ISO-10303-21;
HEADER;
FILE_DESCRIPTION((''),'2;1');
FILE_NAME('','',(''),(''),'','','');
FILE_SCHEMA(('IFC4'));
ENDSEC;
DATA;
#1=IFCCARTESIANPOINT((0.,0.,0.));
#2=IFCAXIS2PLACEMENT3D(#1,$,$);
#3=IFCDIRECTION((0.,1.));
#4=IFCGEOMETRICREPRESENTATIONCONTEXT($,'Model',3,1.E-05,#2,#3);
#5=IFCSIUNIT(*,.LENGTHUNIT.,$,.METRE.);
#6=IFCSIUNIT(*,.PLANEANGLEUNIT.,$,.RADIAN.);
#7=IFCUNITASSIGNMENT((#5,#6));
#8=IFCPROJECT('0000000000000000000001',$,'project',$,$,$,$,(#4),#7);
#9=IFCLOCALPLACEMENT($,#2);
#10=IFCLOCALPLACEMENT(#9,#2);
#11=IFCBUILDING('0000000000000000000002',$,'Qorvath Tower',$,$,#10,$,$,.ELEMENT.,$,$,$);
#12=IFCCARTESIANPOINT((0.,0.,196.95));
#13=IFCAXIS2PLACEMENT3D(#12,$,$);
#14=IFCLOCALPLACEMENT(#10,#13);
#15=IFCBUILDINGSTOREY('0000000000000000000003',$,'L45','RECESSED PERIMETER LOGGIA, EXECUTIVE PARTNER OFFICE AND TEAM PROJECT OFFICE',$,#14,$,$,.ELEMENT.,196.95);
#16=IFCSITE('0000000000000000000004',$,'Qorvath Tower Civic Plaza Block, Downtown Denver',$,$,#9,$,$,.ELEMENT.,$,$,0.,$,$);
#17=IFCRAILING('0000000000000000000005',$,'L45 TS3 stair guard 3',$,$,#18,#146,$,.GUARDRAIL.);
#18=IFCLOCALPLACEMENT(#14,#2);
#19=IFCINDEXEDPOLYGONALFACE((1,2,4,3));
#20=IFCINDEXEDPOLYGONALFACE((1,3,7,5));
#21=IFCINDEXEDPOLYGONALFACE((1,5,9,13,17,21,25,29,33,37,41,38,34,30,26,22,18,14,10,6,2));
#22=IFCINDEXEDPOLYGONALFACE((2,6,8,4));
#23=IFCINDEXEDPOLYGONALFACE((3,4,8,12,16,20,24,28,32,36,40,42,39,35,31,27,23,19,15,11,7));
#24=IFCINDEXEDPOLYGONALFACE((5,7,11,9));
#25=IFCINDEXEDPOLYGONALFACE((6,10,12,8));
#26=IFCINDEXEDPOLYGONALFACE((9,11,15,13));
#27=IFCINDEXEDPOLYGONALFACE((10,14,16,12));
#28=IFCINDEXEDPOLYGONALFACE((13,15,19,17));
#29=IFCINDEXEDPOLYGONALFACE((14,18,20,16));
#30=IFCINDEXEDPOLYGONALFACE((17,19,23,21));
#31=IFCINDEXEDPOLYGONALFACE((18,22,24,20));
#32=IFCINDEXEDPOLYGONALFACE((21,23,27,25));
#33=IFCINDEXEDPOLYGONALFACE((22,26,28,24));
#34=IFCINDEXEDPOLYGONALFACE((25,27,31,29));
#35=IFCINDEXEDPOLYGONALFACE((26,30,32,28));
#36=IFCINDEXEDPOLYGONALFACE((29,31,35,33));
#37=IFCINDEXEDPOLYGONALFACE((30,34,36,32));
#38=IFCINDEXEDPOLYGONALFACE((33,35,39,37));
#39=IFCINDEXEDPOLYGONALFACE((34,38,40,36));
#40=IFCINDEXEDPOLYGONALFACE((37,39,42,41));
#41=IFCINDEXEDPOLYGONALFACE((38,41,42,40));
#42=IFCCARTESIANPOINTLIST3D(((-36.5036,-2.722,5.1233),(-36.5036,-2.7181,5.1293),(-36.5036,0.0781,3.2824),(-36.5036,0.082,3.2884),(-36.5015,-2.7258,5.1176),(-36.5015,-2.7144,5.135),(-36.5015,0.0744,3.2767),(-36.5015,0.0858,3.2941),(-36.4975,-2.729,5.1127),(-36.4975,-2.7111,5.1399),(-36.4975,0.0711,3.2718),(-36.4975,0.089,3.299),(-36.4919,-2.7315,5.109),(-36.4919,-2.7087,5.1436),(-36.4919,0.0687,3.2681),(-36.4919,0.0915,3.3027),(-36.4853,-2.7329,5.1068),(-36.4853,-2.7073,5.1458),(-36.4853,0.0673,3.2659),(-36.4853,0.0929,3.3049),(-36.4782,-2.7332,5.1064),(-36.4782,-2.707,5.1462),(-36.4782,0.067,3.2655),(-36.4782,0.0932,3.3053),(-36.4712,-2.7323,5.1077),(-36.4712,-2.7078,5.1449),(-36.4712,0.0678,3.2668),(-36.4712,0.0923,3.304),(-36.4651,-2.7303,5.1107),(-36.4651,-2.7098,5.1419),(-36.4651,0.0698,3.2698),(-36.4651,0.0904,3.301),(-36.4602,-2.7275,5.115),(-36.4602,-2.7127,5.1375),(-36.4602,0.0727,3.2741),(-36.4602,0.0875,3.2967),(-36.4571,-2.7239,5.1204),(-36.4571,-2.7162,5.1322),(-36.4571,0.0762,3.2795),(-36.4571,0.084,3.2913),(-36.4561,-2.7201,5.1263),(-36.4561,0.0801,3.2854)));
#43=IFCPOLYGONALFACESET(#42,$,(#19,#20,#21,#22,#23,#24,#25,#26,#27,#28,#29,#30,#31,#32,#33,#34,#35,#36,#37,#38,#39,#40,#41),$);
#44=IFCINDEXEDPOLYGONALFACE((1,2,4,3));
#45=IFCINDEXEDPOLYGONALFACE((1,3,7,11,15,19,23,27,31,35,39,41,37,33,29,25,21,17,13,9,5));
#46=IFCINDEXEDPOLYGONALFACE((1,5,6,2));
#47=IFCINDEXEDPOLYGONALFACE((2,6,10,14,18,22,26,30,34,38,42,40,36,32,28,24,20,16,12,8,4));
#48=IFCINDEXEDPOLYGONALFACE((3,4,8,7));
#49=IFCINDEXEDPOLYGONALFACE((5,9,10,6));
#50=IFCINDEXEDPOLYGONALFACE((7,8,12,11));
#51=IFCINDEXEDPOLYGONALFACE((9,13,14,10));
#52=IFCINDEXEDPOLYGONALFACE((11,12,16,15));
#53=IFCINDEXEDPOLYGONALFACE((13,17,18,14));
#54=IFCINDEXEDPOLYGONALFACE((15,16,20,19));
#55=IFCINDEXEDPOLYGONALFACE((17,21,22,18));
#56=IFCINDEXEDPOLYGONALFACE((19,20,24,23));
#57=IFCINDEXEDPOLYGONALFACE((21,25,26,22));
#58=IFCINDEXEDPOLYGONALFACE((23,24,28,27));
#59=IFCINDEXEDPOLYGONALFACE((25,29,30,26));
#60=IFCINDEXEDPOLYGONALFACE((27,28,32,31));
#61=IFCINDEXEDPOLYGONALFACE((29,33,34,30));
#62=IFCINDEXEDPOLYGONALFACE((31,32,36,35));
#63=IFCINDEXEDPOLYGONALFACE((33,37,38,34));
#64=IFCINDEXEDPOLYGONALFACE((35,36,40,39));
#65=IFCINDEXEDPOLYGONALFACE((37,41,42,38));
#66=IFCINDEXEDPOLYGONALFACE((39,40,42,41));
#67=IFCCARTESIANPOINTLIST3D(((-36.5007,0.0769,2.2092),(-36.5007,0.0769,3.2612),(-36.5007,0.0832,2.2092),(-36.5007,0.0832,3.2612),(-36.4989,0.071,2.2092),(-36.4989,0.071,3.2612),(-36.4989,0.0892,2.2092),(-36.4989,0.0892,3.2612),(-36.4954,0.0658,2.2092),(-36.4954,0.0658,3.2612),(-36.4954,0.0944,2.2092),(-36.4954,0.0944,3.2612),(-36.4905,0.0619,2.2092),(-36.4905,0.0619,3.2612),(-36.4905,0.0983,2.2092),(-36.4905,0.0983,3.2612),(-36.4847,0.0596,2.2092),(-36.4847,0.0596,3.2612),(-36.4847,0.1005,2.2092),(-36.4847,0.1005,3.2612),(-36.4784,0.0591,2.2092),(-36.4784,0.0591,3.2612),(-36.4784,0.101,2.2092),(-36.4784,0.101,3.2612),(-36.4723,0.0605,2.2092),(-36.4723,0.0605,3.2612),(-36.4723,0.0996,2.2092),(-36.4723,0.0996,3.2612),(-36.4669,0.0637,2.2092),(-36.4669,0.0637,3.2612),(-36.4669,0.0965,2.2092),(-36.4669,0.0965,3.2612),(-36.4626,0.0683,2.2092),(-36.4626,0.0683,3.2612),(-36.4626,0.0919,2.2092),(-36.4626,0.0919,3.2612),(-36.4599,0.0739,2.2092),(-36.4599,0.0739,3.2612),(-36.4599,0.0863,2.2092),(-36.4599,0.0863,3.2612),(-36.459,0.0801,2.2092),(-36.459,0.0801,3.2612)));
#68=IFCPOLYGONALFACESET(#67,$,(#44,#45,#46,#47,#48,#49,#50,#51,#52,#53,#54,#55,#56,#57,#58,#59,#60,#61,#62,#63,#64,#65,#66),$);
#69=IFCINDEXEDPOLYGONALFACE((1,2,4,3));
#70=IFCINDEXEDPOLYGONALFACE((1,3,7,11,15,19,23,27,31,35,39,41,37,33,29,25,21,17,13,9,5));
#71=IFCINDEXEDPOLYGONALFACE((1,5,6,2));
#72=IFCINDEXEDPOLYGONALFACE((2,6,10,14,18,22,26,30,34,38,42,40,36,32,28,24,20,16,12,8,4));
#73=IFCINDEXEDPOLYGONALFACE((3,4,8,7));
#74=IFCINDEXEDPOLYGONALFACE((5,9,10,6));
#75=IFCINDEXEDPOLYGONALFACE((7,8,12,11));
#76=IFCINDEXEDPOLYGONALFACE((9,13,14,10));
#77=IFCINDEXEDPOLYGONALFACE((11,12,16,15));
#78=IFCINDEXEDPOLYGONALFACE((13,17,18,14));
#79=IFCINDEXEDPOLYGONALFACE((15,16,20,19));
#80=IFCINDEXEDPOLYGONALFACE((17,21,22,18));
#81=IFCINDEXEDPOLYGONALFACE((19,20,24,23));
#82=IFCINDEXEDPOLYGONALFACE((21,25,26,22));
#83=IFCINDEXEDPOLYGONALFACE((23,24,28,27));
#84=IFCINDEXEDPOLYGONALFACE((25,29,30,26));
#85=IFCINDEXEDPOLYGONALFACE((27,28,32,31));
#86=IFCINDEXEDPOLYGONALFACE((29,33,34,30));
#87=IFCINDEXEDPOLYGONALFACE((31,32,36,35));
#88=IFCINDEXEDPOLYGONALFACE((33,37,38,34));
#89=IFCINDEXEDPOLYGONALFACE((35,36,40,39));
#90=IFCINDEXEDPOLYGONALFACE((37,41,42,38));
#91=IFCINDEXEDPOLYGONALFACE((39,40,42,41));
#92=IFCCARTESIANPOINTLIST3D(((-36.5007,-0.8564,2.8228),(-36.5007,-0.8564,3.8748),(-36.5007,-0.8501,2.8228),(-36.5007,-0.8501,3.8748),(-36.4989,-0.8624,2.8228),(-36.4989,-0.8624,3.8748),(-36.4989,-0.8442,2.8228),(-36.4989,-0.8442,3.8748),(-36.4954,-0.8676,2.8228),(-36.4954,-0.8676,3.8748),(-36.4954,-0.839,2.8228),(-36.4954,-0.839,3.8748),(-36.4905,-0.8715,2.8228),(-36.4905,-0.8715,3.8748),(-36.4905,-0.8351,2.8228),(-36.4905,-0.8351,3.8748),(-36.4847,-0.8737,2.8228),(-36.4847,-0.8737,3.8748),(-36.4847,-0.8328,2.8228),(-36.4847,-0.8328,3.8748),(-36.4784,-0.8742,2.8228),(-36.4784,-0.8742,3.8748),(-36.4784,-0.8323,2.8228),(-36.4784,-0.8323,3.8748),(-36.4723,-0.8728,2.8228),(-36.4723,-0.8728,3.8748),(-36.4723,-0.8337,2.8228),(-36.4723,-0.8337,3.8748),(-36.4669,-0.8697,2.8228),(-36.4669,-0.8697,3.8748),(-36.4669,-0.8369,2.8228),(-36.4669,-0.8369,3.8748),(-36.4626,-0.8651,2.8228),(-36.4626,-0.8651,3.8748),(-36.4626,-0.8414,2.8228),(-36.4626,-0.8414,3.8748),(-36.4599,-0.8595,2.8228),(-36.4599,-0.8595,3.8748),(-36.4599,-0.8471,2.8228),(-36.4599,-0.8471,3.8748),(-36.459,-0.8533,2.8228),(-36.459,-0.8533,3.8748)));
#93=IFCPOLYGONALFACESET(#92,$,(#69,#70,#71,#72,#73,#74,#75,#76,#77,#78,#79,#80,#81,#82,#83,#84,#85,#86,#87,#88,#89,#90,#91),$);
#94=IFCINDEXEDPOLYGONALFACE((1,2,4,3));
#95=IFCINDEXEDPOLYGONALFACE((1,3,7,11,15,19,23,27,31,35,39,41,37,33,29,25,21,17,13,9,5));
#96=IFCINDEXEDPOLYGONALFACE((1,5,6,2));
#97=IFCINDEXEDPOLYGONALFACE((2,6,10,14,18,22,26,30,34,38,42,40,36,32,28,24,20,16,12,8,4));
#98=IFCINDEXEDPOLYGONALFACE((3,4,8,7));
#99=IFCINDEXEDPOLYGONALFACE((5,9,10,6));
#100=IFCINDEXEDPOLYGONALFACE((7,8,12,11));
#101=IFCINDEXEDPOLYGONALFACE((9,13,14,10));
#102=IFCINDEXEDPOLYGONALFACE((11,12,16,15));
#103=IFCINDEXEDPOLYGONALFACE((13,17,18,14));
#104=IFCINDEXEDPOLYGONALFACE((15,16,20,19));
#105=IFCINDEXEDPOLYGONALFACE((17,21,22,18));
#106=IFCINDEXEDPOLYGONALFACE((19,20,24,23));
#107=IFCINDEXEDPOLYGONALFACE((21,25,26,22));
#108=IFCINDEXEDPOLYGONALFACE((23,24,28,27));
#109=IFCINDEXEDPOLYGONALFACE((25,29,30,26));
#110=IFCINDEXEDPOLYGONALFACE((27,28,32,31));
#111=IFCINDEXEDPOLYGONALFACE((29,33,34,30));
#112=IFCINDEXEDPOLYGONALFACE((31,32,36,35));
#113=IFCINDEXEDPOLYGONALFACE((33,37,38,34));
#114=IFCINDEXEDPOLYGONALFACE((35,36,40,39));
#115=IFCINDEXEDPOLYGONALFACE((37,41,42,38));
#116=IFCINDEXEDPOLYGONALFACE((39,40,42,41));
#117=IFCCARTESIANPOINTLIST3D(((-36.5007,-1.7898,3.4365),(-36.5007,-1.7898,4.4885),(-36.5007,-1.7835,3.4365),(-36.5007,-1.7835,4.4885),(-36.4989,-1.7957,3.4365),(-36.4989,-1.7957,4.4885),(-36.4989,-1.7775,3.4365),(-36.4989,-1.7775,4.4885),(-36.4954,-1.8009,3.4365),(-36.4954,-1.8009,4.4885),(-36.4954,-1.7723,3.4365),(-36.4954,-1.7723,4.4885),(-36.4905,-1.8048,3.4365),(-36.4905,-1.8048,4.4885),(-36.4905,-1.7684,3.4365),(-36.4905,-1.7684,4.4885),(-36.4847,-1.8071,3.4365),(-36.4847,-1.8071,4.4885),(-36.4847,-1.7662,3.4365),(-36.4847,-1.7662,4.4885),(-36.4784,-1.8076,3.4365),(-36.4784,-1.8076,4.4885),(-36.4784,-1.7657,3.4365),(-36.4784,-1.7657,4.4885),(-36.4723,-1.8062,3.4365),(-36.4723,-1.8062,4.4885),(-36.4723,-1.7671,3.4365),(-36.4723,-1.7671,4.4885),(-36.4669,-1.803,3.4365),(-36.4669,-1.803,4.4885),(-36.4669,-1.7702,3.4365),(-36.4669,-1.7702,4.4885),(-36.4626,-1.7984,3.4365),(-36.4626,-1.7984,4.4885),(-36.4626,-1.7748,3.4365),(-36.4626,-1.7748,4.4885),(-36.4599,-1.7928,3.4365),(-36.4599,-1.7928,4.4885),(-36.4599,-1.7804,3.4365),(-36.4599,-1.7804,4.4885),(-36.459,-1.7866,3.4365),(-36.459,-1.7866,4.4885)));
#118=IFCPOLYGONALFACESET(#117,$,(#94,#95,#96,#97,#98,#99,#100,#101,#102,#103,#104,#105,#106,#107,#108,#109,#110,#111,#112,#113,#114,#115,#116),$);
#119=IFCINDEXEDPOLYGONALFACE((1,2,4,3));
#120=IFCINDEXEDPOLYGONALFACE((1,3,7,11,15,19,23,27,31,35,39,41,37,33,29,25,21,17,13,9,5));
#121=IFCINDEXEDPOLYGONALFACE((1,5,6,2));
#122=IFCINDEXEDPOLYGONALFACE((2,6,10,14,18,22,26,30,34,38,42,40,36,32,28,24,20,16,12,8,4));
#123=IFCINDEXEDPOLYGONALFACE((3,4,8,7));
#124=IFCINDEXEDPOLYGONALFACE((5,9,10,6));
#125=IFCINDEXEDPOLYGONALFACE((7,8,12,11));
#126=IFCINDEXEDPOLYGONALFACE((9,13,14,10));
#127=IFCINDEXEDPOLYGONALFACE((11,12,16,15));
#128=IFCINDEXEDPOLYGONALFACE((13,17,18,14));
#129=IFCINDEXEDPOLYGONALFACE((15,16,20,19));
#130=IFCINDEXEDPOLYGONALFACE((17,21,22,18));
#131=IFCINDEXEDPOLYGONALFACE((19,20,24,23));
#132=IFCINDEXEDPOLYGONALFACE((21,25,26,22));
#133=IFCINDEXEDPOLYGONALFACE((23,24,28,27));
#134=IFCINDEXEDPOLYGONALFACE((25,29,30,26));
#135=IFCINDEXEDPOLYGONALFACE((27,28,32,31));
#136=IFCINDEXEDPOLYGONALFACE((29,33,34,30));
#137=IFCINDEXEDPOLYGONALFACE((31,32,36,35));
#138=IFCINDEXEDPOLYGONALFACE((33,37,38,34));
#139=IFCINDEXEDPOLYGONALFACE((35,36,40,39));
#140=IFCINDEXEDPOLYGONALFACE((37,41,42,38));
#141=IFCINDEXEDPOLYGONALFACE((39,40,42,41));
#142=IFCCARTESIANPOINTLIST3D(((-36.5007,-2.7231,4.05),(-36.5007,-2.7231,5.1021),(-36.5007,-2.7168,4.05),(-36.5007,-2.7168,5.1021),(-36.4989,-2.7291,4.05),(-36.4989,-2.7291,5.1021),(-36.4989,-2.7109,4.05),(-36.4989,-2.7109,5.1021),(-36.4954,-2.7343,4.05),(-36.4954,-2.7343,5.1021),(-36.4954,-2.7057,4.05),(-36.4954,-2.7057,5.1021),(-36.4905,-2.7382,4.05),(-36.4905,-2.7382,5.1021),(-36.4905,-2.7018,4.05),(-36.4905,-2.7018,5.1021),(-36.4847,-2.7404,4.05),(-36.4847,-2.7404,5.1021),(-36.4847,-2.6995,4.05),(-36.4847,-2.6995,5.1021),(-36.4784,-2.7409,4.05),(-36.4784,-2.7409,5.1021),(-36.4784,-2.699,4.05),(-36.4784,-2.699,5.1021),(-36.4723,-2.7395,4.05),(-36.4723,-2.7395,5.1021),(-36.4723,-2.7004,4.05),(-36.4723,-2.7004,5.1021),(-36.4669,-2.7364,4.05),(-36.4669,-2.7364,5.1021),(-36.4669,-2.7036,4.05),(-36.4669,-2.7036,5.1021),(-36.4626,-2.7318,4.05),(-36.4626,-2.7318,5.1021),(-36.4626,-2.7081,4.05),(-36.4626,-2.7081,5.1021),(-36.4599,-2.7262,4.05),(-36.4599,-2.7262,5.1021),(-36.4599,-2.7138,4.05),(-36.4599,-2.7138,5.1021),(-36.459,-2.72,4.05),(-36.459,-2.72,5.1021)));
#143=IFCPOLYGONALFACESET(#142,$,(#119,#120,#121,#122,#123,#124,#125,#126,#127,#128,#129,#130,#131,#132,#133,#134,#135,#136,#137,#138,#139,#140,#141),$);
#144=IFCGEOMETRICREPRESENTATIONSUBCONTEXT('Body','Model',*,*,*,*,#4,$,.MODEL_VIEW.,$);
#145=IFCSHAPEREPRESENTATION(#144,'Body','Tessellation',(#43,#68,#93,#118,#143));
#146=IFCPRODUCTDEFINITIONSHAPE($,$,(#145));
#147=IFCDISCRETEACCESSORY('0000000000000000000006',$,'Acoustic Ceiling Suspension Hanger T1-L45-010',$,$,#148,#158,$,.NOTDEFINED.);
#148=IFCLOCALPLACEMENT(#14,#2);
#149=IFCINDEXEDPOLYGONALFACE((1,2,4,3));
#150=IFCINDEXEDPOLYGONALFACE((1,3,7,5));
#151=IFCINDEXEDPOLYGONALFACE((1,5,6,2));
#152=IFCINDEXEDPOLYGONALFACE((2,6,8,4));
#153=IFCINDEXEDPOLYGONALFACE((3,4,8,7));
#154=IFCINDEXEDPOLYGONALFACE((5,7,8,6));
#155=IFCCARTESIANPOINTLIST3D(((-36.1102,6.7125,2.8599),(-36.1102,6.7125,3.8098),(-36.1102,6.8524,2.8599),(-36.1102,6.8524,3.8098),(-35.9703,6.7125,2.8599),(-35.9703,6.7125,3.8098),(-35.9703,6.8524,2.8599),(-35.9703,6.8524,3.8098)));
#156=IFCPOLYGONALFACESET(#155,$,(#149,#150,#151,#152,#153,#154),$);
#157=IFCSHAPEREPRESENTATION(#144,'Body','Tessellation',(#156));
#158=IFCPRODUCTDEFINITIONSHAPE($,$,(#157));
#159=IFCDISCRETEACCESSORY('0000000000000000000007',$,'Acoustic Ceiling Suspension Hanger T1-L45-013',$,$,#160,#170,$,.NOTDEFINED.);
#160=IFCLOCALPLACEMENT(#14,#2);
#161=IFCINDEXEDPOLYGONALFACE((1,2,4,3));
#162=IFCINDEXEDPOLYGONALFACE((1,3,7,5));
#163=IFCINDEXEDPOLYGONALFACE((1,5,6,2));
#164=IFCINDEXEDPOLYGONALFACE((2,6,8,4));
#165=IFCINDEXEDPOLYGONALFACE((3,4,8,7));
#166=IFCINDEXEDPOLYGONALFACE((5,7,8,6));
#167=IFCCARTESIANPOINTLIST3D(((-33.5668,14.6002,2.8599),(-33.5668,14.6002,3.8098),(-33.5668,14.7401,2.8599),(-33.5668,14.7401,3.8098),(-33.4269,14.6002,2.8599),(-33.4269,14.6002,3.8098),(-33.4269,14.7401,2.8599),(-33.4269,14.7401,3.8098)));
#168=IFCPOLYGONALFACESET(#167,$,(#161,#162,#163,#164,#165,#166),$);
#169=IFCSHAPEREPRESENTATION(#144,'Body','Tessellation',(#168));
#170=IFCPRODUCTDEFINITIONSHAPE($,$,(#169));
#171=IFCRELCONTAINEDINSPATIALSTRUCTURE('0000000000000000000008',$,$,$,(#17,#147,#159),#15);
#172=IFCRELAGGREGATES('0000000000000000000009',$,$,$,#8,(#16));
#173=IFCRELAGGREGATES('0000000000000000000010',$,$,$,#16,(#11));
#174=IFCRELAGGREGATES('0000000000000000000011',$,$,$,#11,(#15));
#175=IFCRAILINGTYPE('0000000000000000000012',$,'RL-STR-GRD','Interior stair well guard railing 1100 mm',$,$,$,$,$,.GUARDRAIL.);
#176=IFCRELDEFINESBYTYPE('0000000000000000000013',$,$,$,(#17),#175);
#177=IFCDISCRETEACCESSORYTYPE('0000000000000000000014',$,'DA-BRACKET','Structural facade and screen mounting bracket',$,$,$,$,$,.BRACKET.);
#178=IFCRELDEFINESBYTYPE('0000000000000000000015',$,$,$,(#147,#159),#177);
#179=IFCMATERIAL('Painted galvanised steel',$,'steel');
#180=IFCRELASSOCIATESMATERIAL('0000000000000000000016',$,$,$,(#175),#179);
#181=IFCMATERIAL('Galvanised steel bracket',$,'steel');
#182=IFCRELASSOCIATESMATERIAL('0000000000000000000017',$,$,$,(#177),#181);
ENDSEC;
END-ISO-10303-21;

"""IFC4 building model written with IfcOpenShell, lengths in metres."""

from ifc_helpers import new_model, si_unit, direction, frame, origin, origin_2d, place, context, subcontext, project, spatial, rectangle, circle, extrude, material, type_object, element, save


model = new_model("IFC4")

# Units and contexts
model_context = context("Model", 3, precision=1e-05, world=origin(), true_north=direction((0.0, 1.0)))
body_context = subcontext(model_context, "Body", "Model", "MODEL_VIEW")
ifc_project = project(units=[si_unit("LENGTHUNIT", "METRE"), si_unit("PLANEANGLEUNIT", "RADIAN")], contexts=[model_context])

# Site, building, storey
site_placement = place(None, origin())
site = spatial("IfcSite", under=ifc_project, at=site_placement, Name="Qorvath Tower Civic Plaza Block, Downtown Denver", CompositionType="ELEMENT", RefElevation=0.0)
building_placement = place(site_placement, origin())
building = spatial("IfcBuilding", under=site, at=building_placement, Name="Qorvath Tower", CompositionType="ELEMENT")
storey_placement = place(building_placement, frame((0.0, 0.0, 196.95)))
storey = spatial("IfcBuildingStorey", under=building, at=storey_placement, Name="L45", Description="RECESSED PERIMETER LOGGIA, EXECUTIVE PARTNER OFFICE AND TEAM PROJECT OFFICE", CompositionType="ELEMENT", Elevation=196.95)

# Railing
ifc_material_1 = material(Name="Painted galvanised steel", Category="steel")
railing_type = type_object("IfcRailingType", Name="RL-STR-GRD", Description="Interior stair well guard railing 1100 mm", PredefinedType="GUARDRAIL", material=ifc_material_1)
railing_1_placement = place(storey_placement, frame((-36.48, 0.0801, 2.2092)))
element("IfcRailing", 1, at=railing_1_placement, inside=storey, type_object=railing_type, Name="L45 TS3 stair guard 3", PredefinedType="GUARDRAIL", context=body_context, shape_type="SweptSolid", body=[
    extrude(circle(Radius=0.0239, at=origin_2d()), frame((0.0, 0.0, 1.0762), z_axis=(0.0, -0.835598, 0.549342), x_axis=(1.0, 0.0, 0.0)), (0.0, 0.0, 1.0), 3.3511),
    extrude(circle(Radius=0.021, at=origin_2d()), origin(), (0.0, 0.0, 1.0), 1.052),
    extrude(circle(Radius=0.021, at=origin_2d()), frame((0.0, -0.9333, 0.6135)), (0.0, 0.0, 1.0), 1.052),
    extrude(circle(Radius=0.021, at=origin_2d()), frame((0.0, -1.8667, 1.2273)), (0.0, 0.0, 1.0), 1.052),
    extrude(circle(Radius=0.021, at=origin_2d()), frame((0.0, -2.8, 1.8408)), (0.0, 0.0, 1.0), 1.052),
])

# Discrete accessories
ifc_material_2 = material(Name="Galvanised steel bracket", Category="steel")
discrete_accessory_type = type_object("IfcDiscreteAccessoryType", Name="DA-BRACKET", Description="Structural facade and screen mounting bracket", PredefinedType="BRACKET", material=ifc_material_2)
for number, where, z_axis, x_axis, name in (
    (2, (-36.0403, 6.7825, 2.8599), (0.0, 0.0, 1.0), (1.0, 0.0, 0.0), "Acoustic Ceiling Suspension Hanger T1-L45-010"),
    (3, (-33.4968, 14.6702, 2.8599), (0.0, 0.0, 1.0), (1.0, 0.0, 0.0), "Acoustic Ceiling Suspension Hanger T1-L45-013"),
):
    element("IfcDiscreteAccessory", number, at=place(storey_placement, frame(where, z_axis=z_axis, x_axis=x_axis)), inside=storey, type_object=discrete_accessory_type, Name=name, PredefinedType="NOTDEFINED", context=body_context, shape_type="SweptSolid", body=[
        extrude(rectangle(XDim=0.1399, YDim=0.1399, at=origin_2d()), origin(), (0.0, 0.0, 1.0), 0.95),
    ])

save(model, "model.ifc")
